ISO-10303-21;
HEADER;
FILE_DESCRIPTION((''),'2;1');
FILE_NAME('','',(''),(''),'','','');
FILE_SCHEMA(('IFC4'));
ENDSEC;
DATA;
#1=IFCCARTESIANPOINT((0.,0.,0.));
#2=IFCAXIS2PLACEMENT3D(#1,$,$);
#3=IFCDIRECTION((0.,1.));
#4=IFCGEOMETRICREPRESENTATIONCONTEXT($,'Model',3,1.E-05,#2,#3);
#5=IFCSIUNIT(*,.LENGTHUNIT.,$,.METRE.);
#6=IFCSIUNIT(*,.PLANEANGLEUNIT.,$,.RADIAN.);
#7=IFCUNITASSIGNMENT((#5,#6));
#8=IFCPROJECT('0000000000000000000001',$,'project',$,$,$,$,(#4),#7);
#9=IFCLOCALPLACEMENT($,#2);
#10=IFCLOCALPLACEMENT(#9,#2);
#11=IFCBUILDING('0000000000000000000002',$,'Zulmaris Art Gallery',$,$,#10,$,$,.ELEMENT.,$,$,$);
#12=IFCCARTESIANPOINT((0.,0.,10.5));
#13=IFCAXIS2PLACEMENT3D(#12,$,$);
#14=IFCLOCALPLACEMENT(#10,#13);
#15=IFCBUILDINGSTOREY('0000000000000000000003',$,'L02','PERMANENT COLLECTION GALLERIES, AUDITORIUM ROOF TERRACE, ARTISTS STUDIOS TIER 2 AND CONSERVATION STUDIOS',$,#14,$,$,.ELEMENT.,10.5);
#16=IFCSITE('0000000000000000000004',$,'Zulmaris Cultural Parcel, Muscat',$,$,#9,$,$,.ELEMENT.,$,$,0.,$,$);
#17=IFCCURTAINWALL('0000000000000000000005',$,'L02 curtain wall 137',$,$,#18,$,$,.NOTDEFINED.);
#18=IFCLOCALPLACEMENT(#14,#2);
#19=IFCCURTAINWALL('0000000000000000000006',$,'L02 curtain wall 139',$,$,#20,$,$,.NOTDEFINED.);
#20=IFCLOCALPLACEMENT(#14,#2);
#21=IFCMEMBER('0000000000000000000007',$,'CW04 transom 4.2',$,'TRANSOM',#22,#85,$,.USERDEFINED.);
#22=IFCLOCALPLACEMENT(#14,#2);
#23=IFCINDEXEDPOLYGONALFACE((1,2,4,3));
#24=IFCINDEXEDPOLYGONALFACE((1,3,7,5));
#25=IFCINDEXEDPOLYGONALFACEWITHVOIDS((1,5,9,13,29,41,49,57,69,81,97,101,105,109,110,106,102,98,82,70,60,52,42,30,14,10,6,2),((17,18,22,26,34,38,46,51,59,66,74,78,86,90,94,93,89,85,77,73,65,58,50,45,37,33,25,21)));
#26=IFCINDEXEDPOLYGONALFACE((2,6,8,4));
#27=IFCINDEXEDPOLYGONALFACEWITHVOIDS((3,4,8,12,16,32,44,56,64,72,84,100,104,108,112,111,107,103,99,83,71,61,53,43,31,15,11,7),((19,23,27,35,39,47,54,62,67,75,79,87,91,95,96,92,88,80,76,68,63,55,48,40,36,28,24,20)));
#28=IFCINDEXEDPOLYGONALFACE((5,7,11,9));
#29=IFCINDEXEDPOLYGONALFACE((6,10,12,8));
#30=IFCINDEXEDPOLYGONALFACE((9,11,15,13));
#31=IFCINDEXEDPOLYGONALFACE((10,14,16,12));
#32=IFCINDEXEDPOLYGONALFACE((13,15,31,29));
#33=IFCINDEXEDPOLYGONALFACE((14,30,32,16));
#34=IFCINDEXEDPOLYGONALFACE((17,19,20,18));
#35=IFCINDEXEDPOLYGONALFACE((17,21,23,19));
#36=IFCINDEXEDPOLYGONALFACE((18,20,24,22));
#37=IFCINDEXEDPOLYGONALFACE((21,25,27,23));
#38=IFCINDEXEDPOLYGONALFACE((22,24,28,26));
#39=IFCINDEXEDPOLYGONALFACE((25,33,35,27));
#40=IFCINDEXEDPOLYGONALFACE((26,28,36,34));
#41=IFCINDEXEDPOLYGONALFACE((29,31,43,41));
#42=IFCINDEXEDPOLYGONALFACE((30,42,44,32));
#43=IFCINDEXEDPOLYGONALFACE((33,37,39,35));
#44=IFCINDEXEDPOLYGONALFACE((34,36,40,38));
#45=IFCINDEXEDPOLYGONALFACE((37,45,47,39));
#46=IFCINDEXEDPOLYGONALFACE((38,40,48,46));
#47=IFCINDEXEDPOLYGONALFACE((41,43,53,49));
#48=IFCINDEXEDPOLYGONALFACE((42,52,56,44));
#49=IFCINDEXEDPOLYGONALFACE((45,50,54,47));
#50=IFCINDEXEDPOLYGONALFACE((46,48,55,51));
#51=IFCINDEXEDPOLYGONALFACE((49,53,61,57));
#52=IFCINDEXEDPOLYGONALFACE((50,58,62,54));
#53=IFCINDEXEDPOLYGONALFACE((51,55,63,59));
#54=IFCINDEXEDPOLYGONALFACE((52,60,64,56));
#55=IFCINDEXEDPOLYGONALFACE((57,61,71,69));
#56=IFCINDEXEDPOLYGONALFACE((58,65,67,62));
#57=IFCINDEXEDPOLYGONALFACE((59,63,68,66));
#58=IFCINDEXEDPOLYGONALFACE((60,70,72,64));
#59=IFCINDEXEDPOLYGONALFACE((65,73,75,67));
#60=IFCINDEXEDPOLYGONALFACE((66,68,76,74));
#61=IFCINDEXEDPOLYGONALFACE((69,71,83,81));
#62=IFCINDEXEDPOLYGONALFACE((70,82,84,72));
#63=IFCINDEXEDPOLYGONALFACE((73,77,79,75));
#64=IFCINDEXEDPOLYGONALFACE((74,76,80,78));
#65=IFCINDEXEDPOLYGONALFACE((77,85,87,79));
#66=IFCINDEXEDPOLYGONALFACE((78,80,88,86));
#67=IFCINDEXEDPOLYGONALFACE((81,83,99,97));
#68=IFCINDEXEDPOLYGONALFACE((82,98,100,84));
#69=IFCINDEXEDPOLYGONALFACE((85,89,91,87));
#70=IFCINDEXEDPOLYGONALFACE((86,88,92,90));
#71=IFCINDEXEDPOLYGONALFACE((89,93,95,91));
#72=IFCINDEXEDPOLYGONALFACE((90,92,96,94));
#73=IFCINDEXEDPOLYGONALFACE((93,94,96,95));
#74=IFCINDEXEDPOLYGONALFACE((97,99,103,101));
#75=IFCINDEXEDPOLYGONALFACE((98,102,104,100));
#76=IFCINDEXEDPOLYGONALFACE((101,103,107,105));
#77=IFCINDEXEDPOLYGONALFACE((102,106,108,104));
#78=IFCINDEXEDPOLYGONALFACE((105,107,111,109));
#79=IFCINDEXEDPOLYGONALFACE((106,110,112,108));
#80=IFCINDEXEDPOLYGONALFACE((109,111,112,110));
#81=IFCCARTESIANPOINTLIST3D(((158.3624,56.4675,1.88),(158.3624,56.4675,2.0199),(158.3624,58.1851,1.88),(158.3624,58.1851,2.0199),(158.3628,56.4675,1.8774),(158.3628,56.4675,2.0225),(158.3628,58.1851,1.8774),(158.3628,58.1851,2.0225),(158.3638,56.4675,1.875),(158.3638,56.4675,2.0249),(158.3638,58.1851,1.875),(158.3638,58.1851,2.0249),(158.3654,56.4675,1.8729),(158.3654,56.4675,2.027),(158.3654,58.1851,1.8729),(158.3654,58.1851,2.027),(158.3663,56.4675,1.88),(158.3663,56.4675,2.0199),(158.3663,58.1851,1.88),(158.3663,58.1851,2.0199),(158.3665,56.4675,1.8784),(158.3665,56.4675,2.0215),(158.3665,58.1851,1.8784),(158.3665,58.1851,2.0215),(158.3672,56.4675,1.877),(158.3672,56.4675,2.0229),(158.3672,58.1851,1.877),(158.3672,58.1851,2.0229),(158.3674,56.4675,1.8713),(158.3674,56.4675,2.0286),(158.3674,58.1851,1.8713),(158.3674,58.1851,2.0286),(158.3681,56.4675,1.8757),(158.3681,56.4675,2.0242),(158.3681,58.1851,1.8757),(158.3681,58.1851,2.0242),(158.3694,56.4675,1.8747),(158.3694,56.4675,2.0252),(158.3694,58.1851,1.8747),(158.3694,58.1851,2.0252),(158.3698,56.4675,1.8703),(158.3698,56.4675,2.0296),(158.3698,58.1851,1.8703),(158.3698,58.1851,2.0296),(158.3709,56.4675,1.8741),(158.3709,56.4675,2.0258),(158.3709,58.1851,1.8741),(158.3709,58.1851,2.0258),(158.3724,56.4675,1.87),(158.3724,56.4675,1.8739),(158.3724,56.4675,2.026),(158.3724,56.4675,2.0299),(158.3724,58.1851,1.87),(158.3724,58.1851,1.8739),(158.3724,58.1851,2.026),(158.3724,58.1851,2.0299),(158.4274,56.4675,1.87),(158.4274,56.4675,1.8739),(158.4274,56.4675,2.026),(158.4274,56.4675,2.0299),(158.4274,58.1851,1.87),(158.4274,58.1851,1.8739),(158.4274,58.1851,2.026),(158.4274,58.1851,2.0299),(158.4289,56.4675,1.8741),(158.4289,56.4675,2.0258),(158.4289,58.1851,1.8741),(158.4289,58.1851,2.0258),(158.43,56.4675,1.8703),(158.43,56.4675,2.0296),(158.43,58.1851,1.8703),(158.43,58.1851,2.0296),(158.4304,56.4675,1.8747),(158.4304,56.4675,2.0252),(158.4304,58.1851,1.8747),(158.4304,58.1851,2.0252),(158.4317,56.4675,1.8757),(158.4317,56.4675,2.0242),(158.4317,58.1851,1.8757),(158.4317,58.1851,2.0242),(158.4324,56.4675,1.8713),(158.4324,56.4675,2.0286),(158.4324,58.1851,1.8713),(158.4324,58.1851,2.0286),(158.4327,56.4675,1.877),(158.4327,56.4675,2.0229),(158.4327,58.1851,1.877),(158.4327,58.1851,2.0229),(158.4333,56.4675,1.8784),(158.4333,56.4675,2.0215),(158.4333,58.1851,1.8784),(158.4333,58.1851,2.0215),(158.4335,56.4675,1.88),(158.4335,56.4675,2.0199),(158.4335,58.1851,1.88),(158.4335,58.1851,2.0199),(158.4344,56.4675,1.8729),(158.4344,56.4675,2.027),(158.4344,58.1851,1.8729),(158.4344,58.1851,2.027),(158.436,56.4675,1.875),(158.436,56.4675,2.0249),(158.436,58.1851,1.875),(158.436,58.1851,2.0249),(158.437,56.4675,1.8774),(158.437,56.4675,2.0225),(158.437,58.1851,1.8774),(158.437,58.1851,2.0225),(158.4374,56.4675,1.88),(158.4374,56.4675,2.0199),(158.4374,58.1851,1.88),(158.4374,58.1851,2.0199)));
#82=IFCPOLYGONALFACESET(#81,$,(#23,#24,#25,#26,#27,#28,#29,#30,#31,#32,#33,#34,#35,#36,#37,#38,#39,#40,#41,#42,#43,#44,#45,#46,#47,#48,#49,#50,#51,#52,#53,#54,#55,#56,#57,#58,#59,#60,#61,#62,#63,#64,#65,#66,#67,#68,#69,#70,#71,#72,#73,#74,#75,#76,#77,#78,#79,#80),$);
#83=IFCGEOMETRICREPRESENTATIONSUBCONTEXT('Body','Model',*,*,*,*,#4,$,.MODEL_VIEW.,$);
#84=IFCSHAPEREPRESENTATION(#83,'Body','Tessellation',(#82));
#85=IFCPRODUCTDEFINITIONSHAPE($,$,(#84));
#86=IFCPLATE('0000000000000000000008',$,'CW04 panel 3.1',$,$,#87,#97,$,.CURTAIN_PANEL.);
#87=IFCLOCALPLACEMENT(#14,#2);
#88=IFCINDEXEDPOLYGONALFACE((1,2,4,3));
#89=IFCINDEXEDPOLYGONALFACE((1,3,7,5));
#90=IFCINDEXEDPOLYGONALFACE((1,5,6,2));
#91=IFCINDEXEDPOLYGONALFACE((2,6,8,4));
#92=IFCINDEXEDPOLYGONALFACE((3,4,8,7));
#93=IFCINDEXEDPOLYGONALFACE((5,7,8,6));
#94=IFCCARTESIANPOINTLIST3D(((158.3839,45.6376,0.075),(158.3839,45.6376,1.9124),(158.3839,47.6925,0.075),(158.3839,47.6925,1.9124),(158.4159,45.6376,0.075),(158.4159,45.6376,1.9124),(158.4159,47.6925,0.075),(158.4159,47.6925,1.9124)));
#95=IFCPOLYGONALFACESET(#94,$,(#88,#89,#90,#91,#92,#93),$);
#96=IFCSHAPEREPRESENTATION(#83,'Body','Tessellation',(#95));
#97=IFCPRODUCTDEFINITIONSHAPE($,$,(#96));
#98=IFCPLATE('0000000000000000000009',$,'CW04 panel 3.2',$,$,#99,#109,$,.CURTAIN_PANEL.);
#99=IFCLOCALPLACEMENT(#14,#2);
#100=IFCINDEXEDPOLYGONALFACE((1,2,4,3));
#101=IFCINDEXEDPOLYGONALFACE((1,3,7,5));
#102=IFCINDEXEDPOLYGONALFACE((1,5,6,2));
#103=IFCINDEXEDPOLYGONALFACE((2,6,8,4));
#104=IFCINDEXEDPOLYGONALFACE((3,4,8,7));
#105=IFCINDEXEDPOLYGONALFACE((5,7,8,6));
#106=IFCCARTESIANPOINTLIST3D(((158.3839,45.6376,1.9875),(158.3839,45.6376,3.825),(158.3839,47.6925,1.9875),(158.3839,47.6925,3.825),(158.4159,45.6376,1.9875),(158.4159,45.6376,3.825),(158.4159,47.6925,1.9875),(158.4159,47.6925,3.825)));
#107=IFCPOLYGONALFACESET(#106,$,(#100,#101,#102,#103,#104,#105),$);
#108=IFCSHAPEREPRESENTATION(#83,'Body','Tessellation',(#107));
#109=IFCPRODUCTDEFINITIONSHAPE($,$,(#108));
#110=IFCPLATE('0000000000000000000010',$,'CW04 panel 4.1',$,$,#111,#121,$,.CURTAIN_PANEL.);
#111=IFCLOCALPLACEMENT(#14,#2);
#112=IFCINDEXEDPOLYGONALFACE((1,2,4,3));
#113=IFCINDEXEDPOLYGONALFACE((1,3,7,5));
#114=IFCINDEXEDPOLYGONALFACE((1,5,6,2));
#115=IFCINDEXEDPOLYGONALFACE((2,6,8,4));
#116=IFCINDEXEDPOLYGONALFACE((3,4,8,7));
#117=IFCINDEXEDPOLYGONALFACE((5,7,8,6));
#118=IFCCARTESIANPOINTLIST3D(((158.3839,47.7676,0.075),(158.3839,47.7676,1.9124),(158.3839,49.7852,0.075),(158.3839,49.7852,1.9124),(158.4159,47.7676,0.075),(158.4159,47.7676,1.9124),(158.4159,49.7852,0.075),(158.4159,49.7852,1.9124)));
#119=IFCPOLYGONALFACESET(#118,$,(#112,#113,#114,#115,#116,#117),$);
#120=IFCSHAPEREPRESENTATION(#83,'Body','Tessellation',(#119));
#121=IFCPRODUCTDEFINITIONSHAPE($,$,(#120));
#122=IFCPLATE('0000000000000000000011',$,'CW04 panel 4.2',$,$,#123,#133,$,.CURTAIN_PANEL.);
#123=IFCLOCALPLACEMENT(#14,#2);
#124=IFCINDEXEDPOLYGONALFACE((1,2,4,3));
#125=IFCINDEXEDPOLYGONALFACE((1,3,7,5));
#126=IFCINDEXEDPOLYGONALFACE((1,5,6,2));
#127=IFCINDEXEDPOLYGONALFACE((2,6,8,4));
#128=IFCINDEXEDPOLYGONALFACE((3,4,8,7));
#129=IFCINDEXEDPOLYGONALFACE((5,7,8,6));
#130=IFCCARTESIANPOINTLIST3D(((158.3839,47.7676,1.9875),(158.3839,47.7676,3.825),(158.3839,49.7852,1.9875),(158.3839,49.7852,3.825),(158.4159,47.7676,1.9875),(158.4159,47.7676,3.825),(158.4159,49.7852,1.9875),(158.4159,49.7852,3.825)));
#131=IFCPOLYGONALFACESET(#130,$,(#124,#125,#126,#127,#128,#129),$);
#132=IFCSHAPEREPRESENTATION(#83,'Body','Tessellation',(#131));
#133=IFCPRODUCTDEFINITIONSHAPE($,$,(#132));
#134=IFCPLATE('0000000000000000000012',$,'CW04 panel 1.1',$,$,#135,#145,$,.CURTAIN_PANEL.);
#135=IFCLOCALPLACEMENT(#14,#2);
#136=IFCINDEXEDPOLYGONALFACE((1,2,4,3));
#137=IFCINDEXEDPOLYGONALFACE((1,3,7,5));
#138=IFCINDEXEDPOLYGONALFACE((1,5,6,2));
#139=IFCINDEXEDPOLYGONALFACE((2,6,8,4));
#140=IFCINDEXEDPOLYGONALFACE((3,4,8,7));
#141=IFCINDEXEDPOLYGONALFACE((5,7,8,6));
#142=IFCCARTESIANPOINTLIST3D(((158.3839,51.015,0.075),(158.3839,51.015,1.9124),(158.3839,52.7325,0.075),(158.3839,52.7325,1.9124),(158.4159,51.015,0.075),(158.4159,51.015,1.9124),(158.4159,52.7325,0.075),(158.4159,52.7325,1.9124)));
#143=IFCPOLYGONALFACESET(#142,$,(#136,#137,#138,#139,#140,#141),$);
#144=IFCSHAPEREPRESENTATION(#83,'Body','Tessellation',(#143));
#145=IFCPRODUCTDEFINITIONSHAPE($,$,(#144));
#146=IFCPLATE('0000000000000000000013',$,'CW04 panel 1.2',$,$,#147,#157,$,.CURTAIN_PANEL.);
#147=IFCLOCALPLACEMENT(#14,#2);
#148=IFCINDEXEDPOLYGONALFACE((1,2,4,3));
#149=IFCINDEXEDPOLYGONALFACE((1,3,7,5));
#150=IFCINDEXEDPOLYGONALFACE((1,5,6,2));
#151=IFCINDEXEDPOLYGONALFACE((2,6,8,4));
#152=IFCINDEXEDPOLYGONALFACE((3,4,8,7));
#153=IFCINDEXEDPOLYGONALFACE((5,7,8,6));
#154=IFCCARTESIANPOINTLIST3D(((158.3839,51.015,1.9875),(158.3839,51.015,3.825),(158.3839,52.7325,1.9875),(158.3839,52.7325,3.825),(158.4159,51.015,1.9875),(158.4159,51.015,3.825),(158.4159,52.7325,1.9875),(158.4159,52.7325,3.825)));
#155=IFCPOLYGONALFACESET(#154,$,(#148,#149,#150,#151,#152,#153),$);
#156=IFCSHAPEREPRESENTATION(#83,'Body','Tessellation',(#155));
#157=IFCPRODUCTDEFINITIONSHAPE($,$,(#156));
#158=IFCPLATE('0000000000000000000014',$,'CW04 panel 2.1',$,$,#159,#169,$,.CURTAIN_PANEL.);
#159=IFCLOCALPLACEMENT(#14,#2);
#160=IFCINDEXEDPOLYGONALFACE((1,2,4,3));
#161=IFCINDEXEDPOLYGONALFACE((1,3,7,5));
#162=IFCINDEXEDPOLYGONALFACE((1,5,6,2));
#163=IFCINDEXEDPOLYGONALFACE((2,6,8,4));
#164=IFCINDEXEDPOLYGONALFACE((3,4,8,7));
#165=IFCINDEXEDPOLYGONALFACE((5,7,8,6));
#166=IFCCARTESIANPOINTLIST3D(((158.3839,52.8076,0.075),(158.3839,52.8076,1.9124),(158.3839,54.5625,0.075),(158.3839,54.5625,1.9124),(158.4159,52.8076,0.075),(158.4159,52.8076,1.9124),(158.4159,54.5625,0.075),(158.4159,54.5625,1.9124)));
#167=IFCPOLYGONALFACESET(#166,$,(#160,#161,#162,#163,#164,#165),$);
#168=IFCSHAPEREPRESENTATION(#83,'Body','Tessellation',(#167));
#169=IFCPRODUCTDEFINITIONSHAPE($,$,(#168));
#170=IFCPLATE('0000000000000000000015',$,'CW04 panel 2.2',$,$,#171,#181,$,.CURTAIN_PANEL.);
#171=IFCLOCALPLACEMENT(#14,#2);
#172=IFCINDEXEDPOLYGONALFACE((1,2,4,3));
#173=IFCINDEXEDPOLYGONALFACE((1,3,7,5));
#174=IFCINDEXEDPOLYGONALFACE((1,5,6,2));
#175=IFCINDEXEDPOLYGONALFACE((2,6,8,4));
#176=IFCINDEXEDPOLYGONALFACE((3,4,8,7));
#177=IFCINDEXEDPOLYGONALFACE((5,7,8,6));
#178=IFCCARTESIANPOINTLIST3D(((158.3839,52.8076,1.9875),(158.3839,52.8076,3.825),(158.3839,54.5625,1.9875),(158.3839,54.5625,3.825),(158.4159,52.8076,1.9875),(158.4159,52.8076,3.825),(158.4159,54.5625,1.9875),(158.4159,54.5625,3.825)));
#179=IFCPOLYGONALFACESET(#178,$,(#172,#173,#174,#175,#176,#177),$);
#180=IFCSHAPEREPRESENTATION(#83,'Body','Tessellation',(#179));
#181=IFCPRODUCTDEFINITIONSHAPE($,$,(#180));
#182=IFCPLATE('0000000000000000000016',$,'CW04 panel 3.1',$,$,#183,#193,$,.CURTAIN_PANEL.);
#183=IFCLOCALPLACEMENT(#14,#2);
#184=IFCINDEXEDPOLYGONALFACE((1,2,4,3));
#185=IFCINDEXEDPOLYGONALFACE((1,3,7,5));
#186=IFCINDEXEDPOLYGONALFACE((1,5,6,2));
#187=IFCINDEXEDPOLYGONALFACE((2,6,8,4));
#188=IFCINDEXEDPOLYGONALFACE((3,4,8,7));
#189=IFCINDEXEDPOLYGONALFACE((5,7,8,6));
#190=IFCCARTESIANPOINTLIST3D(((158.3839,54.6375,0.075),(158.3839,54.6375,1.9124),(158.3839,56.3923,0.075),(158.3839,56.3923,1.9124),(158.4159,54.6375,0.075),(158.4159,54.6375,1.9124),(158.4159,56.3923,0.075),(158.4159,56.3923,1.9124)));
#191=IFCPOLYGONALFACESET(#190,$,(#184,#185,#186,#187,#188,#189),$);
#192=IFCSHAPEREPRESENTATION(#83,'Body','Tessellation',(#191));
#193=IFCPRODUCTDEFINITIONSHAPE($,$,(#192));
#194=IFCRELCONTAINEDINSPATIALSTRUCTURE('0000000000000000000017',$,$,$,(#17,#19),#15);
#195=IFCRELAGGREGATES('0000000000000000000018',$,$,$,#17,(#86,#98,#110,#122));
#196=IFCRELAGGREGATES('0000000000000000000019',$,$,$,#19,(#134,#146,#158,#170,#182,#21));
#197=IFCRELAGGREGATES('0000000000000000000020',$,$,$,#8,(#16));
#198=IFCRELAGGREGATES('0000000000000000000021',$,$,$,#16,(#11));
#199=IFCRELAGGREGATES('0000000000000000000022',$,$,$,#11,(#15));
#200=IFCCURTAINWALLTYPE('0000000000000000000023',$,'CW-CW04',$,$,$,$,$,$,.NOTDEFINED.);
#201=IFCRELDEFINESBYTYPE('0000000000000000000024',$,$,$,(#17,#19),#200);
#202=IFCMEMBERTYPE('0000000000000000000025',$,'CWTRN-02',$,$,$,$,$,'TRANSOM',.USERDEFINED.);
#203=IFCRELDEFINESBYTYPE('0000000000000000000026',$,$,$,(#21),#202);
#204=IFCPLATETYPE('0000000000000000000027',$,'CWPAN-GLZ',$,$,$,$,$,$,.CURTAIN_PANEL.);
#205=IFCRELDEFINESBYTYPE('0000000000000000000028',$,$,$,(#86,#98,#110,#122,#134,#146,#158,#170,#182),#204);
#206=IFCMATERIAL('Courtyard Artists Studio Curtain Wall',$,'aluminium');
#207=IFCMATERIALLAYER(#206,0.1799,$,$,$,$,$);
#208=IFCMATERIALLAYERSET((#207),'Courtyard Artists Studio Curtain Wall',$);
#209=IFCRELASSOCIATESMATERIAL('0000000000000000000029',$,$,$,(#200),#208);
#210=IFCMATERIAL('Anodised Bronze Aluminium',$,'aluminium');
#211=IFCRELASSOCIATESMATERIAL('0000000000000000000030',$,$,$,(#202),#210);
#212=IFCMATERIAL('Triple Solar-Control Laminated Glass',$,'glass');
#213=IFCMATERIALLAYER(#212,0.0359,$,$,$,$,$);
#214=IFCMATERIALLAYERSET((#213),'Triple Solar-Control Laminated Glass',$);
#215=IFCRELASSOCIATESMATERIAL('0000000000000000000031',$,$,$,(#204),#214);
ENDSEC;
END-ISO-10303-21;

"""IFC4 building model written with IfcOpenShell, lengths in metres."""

from ifc_helpers import new_model, si_unit, direction, frame, origin, origin_2d, place, context, subcontext, project, spatial, rectangle, hollow_rectangle, extrude, material, layer, layer_set, material_profile, profile_set, type_object, element, aggregate, save


model = new_model("IFC4")

# Units and contexts
model_context = context("Model", 3, precision=1e-05, world=origin(), true_north=direction((0.0, 1.0)))
body_context = subcontext(model_context, "Body", "Model", "MODEL_VIEW")
ifc_project = project(units=[si_unit("LENGTHUNIT", "METRE"), si_unit("PLANEANGLEUNIT", "RADIAN")], contexts=[model_context])

# Site, building, storey
site_placement = place(None, origin())
site = spatial("IfcSite", under=ifc_project, at=site_placement, Name="Zulmaris Cultural Parcel, Muscat", CompositionType="ELEMENT", RefElevation=0.0)
building_placement = place(site_placement, origin())
building = spatial("IfcBuilding", under=site, at=building_placement, Name="Zulmaris Art Gallery", CompositionType="ELEMENT")
storey_placement = place(building_placement, frame((0.0, 0.0, 10.5)))
storey = spatial("IfcBuildingStorey", under=building, at=storey_placement, Name="L02", Description="PERMANENT COLLECTION GALLERIES, AUDITORIUM ROOF TERRACE, ARTISTS STUDIOS TIER 2 AND CONSERVATION STUDIOS", CompositionType="ELEMENT", Elevation=10.5)

# Curtain walls
ifc_material_1 = material(Name="Courtyard Artists Studio Curtain Wall", Category="aluminium")
ifc_layer_1 = layer(ifc_material_1, 0.1799)
ifc_layer_set_1 = layer_set([ifc_layer_1], Name="Courtyard Artists Studio Curtain Wall")
curtain_wall_type = type_object("IfcCurtainWallType", Name="CW-CW04", PredefinedType="NOTDEFINED", material=ifc_layer_set_1)
curtain_wall_1_placement = place(storey_placement, origin())
curtain_wall_1 = element("IfcCurtainWall", 1, at=curtain_wall_1_placement, inside=storey, type_object=curtain_wall_type, Name="L02 curtain wall 137", PredefinedType="NOTDEFINED")
ifc_material_2 = material(Name="Anodised Bronze Aluminium", Category="aluminium")
curtain_wall_2_placement = place(storey_placement, origin())
curtain_wall_2 = element("IfcCurtainWall", 2, at=curtain_wall_2_placement, inside=storey, type_object=curtain_wall_type, Name="L02 curtain wall 139", PredefinedType="NOTDEFINED")

# Member
ifc_material_profile_1 = material_profile(ifc_material_2, hollow_rectangle(XDim=0.075, YDim=0.1599, WallThickness=0.0039, InnerFilletRadius=0.0061, OuterFilletRadius=0.01, at=origin_2d()), Name="ALU 75x160x4")
ifc_profile_set_1 = profile_set([ifc_material_profile_1], Name="Anodised Bronze Aluminium")
member_type_1 = type_object("IfcMemberType", Name="CWTRN-02", ElementType="TRANSOM", PredefinedType="USERDEFINED", material=ifc_profile_set_1)
member_1_placement = place(storey_placement, frame((158.3999, 56.4675, 1.95), z_axis=(0.0, 1.0, 0.0), x_axis=(-1.0, 0.0, 0.0)))
member_1 = element("IfcMember", 3, at=member_1_placement, type_object=member_type_1, Name="CW04 transom 4.2", ObjectType="TRANSOM", PredefinedType="USERDEFINED", context=body_context, shape_type="SweptSolid", body=[
    extrude(hollow_rectangle(XDim=0.075, YDim=0.1599, WallThickness=0.0039, InnerFilletRadius=0.0061, OuterFilletRadius=0.01, at=origin_2d()), origin(), (0.0, 0.0, 1.0), 1.7175),
])

# Plates
ifc_material_3 = material(Name="Triple Solar-Control Laminated Glass", Category="glass")
ifc_layer_2 = layer(ifc_material_3, 0.0359)
ifc_layer_set_2 = layer_set([ifc_layer_2], Name="Triple Solar-Control Laminated Glass")
plate_type = type_object("IfcPlateType", Name="CWPAN-GLZ", PredefinedType="CURTAIN_PANEL", material=ifc_layer_set_2)
plate_1_placement = place(storey_placement, frame((158.3999, 46.665, 0.075), z_axis=(0.0, 0.0, 1.0), x_axis=(0.0, 1.0, 0.0)))
plate_1 = element("IfcPlate", 4, at=plate_1_placement, type_object=plate_type, Name="CW04 panel 3.1", PredefinedType="CURTAIN_PANEL", context=body_context, shape_type="SweptSolid", body=[
    extrude(rectangle(XDim=2.0549, YDim=0.032, at=origin_2d()), origin(), (0.0, 0.0, 1.0), 1.8374),
])
plate_2_placement = place(storey_placement, frame((158.3999, 46.665, 1.9875), z_axis=(0.0, 0.0, 1.0), x_axis=(0.0, 1.0, 0.0)))
plate_2 = element("IfcPlate", 5, at=plate_2_placement, type_object=plate_type, Name="CW04 panel 3.2", PredefinedType="CURTAIN_PANEL", context=body_context, shape_type="SweptSolid", body=[
    extrude(rectangle(XDim=2.0549, YDim=0.032, at=origin_2d()), origin(), (0.0, 0.0, 1.0), 1.8374),
])
plate_3_placement = place(storey_placement, frame((158.3999, 48.7764, 0.075), z_axis=(0.0, 0.0, 1.0), x_axis=(0.0, 1.0, 0.0)))
plate_3 = element("IfcPlate", 6, at=plate_3_placement, type_object=plate_type, Name="CW04 panel 4.1", PredefinedType="CURTAIN_PANEL", context=body_context, shape_type="SweptSolid", body=[
    extrude(rectangle(XDim=2.0176, YDim=0.032, at=origin_2d()), origin(), (0.0, 0.0, 1.0), 1.8374),
])
plate_4_placement = place(storey_placement, frame((158.3999, 48.7764, 1.9875), z_axis=(0.0, 0.0, 1.0), x_axis=(0.0, 1.0, 0.0)))
plate_4 = element("IfcPlate", 7, at=plate_4_placement, type_object=plate_type, Name="CW04 panel 4.2", PredefinedType="CURTAIN_PANEL", context=body_context, shape_type="SweptSolid", body=[
    extrude(rectangle(XDim=2.0176, YDim=0.032, at=origin_2d()), origin(), (0.0, 0.0, 1.0), 1.8374),
])
aggregate(curtain_wall_1, [plate_1, plate_2, plate_3, plate_4])
plate_5_placement = place(storey_placement, frame((158.3999, 51.8738, 0.075), z_axis=(0.0, 0.0, 1.0), x_axis=(0.0, 1.0, 0.0)))
plate_5 = element("IfcPlate", 8, at=plate_5_placement, type_object=plate_type, Name="CW04 panel 1.1", PredefinedType="CURTAIN_PANEL", context=body_context, shape_type="SweptSolid", body=[
    extrude(rectangle(XDim=1.7175, YDim=0.032, at=origin_2d()), origin(), (0.0, 0.0, 1.0), 1.8374),
])
plate_6_placement = place(storey_placement, frame((158.3999, 51.8738, 1.9875), z_axis=(0.0, 0.0, 1.0), x_axis=(0.0, 1.0, 0.0)))
plate_6 = element("IfcPlate", 9, at=plate_6_placement, type_object=plate_type, Name="CW04 panel 1.2", PredefinedType="CURTAIN_PANEL", context=body_context, shape_type="SweptSolid", body=[
    extrude(rectangle(XDim=1.7175, YDim=0.032, at=origin_2d()), origin(), (0.0, 0.0, 1.0), 1.8374),
])
plate_7_placement = place(storey_placement, frame((158.3999, 53.6851, 0.075), z_axis=(0.0, 0.0, 1.0), x_axis=(0.0, 1.0, 0.0)))
plate_7 = element("IfcPlate", 10, at=plate_7_placement, type_object=plate_type, Name="CW04 panel 2.1", PredefinedType="CURTAIN_PANEL", context=body_context, shape_type="SweptSolid", body=[
    extrude(rectangle(XDim=1.7549, YDim=0.032, at=origin_2d()), origin(), (0.0, 0.0, 1.0), 1.8374),
])
plate_8_placement = place(storey_placement, frame((158.3999, 53.6851, 1.9875), z_axis=(0.0, 0.0, 1.0), x_axis=(0.0, 1.0, 0.0)))
plate_8 = element("IfcPlate", 11, at=plate_8_placement, type_object=plate_type, Name="CW04 panel 2.2", PredefinedType="CURTAIN_PANEL", context=body_context, shape_type="SweptSolid", body=[
    extrude(rectangle(XDim=1.7549, YDim=0.032, at=origin_2d()), origin(), (0.0, 0.0, 1.0), 1.8374),
])
plate_9_placement = place(storey_placement, frame((158.3999, 55.5149, 0.075), z_axis=(0.0, 0.0, 1.0), x_axis=(0.0, 1.0, 0.0)))
plate_9 = element("IfcPlate", 12, at=plate_9_placement, type_object=plate_type, Name="CW04 panel 3.1", PredefinedType="CURTAIN_PANEL", context=body_context, shape_type="SweptSolid", body=[
    extrude(rectangle(XDim=1.7549, YDim=0.032, at=origin_2d()), origin(), (0.0, 0.0, 1.0), 1.8374),
])
aggregate(curtain_wall_2, [plate_5, plate_6, plate_7, plate_8, plate_9, member_1])

save(model, "model.ifc")
